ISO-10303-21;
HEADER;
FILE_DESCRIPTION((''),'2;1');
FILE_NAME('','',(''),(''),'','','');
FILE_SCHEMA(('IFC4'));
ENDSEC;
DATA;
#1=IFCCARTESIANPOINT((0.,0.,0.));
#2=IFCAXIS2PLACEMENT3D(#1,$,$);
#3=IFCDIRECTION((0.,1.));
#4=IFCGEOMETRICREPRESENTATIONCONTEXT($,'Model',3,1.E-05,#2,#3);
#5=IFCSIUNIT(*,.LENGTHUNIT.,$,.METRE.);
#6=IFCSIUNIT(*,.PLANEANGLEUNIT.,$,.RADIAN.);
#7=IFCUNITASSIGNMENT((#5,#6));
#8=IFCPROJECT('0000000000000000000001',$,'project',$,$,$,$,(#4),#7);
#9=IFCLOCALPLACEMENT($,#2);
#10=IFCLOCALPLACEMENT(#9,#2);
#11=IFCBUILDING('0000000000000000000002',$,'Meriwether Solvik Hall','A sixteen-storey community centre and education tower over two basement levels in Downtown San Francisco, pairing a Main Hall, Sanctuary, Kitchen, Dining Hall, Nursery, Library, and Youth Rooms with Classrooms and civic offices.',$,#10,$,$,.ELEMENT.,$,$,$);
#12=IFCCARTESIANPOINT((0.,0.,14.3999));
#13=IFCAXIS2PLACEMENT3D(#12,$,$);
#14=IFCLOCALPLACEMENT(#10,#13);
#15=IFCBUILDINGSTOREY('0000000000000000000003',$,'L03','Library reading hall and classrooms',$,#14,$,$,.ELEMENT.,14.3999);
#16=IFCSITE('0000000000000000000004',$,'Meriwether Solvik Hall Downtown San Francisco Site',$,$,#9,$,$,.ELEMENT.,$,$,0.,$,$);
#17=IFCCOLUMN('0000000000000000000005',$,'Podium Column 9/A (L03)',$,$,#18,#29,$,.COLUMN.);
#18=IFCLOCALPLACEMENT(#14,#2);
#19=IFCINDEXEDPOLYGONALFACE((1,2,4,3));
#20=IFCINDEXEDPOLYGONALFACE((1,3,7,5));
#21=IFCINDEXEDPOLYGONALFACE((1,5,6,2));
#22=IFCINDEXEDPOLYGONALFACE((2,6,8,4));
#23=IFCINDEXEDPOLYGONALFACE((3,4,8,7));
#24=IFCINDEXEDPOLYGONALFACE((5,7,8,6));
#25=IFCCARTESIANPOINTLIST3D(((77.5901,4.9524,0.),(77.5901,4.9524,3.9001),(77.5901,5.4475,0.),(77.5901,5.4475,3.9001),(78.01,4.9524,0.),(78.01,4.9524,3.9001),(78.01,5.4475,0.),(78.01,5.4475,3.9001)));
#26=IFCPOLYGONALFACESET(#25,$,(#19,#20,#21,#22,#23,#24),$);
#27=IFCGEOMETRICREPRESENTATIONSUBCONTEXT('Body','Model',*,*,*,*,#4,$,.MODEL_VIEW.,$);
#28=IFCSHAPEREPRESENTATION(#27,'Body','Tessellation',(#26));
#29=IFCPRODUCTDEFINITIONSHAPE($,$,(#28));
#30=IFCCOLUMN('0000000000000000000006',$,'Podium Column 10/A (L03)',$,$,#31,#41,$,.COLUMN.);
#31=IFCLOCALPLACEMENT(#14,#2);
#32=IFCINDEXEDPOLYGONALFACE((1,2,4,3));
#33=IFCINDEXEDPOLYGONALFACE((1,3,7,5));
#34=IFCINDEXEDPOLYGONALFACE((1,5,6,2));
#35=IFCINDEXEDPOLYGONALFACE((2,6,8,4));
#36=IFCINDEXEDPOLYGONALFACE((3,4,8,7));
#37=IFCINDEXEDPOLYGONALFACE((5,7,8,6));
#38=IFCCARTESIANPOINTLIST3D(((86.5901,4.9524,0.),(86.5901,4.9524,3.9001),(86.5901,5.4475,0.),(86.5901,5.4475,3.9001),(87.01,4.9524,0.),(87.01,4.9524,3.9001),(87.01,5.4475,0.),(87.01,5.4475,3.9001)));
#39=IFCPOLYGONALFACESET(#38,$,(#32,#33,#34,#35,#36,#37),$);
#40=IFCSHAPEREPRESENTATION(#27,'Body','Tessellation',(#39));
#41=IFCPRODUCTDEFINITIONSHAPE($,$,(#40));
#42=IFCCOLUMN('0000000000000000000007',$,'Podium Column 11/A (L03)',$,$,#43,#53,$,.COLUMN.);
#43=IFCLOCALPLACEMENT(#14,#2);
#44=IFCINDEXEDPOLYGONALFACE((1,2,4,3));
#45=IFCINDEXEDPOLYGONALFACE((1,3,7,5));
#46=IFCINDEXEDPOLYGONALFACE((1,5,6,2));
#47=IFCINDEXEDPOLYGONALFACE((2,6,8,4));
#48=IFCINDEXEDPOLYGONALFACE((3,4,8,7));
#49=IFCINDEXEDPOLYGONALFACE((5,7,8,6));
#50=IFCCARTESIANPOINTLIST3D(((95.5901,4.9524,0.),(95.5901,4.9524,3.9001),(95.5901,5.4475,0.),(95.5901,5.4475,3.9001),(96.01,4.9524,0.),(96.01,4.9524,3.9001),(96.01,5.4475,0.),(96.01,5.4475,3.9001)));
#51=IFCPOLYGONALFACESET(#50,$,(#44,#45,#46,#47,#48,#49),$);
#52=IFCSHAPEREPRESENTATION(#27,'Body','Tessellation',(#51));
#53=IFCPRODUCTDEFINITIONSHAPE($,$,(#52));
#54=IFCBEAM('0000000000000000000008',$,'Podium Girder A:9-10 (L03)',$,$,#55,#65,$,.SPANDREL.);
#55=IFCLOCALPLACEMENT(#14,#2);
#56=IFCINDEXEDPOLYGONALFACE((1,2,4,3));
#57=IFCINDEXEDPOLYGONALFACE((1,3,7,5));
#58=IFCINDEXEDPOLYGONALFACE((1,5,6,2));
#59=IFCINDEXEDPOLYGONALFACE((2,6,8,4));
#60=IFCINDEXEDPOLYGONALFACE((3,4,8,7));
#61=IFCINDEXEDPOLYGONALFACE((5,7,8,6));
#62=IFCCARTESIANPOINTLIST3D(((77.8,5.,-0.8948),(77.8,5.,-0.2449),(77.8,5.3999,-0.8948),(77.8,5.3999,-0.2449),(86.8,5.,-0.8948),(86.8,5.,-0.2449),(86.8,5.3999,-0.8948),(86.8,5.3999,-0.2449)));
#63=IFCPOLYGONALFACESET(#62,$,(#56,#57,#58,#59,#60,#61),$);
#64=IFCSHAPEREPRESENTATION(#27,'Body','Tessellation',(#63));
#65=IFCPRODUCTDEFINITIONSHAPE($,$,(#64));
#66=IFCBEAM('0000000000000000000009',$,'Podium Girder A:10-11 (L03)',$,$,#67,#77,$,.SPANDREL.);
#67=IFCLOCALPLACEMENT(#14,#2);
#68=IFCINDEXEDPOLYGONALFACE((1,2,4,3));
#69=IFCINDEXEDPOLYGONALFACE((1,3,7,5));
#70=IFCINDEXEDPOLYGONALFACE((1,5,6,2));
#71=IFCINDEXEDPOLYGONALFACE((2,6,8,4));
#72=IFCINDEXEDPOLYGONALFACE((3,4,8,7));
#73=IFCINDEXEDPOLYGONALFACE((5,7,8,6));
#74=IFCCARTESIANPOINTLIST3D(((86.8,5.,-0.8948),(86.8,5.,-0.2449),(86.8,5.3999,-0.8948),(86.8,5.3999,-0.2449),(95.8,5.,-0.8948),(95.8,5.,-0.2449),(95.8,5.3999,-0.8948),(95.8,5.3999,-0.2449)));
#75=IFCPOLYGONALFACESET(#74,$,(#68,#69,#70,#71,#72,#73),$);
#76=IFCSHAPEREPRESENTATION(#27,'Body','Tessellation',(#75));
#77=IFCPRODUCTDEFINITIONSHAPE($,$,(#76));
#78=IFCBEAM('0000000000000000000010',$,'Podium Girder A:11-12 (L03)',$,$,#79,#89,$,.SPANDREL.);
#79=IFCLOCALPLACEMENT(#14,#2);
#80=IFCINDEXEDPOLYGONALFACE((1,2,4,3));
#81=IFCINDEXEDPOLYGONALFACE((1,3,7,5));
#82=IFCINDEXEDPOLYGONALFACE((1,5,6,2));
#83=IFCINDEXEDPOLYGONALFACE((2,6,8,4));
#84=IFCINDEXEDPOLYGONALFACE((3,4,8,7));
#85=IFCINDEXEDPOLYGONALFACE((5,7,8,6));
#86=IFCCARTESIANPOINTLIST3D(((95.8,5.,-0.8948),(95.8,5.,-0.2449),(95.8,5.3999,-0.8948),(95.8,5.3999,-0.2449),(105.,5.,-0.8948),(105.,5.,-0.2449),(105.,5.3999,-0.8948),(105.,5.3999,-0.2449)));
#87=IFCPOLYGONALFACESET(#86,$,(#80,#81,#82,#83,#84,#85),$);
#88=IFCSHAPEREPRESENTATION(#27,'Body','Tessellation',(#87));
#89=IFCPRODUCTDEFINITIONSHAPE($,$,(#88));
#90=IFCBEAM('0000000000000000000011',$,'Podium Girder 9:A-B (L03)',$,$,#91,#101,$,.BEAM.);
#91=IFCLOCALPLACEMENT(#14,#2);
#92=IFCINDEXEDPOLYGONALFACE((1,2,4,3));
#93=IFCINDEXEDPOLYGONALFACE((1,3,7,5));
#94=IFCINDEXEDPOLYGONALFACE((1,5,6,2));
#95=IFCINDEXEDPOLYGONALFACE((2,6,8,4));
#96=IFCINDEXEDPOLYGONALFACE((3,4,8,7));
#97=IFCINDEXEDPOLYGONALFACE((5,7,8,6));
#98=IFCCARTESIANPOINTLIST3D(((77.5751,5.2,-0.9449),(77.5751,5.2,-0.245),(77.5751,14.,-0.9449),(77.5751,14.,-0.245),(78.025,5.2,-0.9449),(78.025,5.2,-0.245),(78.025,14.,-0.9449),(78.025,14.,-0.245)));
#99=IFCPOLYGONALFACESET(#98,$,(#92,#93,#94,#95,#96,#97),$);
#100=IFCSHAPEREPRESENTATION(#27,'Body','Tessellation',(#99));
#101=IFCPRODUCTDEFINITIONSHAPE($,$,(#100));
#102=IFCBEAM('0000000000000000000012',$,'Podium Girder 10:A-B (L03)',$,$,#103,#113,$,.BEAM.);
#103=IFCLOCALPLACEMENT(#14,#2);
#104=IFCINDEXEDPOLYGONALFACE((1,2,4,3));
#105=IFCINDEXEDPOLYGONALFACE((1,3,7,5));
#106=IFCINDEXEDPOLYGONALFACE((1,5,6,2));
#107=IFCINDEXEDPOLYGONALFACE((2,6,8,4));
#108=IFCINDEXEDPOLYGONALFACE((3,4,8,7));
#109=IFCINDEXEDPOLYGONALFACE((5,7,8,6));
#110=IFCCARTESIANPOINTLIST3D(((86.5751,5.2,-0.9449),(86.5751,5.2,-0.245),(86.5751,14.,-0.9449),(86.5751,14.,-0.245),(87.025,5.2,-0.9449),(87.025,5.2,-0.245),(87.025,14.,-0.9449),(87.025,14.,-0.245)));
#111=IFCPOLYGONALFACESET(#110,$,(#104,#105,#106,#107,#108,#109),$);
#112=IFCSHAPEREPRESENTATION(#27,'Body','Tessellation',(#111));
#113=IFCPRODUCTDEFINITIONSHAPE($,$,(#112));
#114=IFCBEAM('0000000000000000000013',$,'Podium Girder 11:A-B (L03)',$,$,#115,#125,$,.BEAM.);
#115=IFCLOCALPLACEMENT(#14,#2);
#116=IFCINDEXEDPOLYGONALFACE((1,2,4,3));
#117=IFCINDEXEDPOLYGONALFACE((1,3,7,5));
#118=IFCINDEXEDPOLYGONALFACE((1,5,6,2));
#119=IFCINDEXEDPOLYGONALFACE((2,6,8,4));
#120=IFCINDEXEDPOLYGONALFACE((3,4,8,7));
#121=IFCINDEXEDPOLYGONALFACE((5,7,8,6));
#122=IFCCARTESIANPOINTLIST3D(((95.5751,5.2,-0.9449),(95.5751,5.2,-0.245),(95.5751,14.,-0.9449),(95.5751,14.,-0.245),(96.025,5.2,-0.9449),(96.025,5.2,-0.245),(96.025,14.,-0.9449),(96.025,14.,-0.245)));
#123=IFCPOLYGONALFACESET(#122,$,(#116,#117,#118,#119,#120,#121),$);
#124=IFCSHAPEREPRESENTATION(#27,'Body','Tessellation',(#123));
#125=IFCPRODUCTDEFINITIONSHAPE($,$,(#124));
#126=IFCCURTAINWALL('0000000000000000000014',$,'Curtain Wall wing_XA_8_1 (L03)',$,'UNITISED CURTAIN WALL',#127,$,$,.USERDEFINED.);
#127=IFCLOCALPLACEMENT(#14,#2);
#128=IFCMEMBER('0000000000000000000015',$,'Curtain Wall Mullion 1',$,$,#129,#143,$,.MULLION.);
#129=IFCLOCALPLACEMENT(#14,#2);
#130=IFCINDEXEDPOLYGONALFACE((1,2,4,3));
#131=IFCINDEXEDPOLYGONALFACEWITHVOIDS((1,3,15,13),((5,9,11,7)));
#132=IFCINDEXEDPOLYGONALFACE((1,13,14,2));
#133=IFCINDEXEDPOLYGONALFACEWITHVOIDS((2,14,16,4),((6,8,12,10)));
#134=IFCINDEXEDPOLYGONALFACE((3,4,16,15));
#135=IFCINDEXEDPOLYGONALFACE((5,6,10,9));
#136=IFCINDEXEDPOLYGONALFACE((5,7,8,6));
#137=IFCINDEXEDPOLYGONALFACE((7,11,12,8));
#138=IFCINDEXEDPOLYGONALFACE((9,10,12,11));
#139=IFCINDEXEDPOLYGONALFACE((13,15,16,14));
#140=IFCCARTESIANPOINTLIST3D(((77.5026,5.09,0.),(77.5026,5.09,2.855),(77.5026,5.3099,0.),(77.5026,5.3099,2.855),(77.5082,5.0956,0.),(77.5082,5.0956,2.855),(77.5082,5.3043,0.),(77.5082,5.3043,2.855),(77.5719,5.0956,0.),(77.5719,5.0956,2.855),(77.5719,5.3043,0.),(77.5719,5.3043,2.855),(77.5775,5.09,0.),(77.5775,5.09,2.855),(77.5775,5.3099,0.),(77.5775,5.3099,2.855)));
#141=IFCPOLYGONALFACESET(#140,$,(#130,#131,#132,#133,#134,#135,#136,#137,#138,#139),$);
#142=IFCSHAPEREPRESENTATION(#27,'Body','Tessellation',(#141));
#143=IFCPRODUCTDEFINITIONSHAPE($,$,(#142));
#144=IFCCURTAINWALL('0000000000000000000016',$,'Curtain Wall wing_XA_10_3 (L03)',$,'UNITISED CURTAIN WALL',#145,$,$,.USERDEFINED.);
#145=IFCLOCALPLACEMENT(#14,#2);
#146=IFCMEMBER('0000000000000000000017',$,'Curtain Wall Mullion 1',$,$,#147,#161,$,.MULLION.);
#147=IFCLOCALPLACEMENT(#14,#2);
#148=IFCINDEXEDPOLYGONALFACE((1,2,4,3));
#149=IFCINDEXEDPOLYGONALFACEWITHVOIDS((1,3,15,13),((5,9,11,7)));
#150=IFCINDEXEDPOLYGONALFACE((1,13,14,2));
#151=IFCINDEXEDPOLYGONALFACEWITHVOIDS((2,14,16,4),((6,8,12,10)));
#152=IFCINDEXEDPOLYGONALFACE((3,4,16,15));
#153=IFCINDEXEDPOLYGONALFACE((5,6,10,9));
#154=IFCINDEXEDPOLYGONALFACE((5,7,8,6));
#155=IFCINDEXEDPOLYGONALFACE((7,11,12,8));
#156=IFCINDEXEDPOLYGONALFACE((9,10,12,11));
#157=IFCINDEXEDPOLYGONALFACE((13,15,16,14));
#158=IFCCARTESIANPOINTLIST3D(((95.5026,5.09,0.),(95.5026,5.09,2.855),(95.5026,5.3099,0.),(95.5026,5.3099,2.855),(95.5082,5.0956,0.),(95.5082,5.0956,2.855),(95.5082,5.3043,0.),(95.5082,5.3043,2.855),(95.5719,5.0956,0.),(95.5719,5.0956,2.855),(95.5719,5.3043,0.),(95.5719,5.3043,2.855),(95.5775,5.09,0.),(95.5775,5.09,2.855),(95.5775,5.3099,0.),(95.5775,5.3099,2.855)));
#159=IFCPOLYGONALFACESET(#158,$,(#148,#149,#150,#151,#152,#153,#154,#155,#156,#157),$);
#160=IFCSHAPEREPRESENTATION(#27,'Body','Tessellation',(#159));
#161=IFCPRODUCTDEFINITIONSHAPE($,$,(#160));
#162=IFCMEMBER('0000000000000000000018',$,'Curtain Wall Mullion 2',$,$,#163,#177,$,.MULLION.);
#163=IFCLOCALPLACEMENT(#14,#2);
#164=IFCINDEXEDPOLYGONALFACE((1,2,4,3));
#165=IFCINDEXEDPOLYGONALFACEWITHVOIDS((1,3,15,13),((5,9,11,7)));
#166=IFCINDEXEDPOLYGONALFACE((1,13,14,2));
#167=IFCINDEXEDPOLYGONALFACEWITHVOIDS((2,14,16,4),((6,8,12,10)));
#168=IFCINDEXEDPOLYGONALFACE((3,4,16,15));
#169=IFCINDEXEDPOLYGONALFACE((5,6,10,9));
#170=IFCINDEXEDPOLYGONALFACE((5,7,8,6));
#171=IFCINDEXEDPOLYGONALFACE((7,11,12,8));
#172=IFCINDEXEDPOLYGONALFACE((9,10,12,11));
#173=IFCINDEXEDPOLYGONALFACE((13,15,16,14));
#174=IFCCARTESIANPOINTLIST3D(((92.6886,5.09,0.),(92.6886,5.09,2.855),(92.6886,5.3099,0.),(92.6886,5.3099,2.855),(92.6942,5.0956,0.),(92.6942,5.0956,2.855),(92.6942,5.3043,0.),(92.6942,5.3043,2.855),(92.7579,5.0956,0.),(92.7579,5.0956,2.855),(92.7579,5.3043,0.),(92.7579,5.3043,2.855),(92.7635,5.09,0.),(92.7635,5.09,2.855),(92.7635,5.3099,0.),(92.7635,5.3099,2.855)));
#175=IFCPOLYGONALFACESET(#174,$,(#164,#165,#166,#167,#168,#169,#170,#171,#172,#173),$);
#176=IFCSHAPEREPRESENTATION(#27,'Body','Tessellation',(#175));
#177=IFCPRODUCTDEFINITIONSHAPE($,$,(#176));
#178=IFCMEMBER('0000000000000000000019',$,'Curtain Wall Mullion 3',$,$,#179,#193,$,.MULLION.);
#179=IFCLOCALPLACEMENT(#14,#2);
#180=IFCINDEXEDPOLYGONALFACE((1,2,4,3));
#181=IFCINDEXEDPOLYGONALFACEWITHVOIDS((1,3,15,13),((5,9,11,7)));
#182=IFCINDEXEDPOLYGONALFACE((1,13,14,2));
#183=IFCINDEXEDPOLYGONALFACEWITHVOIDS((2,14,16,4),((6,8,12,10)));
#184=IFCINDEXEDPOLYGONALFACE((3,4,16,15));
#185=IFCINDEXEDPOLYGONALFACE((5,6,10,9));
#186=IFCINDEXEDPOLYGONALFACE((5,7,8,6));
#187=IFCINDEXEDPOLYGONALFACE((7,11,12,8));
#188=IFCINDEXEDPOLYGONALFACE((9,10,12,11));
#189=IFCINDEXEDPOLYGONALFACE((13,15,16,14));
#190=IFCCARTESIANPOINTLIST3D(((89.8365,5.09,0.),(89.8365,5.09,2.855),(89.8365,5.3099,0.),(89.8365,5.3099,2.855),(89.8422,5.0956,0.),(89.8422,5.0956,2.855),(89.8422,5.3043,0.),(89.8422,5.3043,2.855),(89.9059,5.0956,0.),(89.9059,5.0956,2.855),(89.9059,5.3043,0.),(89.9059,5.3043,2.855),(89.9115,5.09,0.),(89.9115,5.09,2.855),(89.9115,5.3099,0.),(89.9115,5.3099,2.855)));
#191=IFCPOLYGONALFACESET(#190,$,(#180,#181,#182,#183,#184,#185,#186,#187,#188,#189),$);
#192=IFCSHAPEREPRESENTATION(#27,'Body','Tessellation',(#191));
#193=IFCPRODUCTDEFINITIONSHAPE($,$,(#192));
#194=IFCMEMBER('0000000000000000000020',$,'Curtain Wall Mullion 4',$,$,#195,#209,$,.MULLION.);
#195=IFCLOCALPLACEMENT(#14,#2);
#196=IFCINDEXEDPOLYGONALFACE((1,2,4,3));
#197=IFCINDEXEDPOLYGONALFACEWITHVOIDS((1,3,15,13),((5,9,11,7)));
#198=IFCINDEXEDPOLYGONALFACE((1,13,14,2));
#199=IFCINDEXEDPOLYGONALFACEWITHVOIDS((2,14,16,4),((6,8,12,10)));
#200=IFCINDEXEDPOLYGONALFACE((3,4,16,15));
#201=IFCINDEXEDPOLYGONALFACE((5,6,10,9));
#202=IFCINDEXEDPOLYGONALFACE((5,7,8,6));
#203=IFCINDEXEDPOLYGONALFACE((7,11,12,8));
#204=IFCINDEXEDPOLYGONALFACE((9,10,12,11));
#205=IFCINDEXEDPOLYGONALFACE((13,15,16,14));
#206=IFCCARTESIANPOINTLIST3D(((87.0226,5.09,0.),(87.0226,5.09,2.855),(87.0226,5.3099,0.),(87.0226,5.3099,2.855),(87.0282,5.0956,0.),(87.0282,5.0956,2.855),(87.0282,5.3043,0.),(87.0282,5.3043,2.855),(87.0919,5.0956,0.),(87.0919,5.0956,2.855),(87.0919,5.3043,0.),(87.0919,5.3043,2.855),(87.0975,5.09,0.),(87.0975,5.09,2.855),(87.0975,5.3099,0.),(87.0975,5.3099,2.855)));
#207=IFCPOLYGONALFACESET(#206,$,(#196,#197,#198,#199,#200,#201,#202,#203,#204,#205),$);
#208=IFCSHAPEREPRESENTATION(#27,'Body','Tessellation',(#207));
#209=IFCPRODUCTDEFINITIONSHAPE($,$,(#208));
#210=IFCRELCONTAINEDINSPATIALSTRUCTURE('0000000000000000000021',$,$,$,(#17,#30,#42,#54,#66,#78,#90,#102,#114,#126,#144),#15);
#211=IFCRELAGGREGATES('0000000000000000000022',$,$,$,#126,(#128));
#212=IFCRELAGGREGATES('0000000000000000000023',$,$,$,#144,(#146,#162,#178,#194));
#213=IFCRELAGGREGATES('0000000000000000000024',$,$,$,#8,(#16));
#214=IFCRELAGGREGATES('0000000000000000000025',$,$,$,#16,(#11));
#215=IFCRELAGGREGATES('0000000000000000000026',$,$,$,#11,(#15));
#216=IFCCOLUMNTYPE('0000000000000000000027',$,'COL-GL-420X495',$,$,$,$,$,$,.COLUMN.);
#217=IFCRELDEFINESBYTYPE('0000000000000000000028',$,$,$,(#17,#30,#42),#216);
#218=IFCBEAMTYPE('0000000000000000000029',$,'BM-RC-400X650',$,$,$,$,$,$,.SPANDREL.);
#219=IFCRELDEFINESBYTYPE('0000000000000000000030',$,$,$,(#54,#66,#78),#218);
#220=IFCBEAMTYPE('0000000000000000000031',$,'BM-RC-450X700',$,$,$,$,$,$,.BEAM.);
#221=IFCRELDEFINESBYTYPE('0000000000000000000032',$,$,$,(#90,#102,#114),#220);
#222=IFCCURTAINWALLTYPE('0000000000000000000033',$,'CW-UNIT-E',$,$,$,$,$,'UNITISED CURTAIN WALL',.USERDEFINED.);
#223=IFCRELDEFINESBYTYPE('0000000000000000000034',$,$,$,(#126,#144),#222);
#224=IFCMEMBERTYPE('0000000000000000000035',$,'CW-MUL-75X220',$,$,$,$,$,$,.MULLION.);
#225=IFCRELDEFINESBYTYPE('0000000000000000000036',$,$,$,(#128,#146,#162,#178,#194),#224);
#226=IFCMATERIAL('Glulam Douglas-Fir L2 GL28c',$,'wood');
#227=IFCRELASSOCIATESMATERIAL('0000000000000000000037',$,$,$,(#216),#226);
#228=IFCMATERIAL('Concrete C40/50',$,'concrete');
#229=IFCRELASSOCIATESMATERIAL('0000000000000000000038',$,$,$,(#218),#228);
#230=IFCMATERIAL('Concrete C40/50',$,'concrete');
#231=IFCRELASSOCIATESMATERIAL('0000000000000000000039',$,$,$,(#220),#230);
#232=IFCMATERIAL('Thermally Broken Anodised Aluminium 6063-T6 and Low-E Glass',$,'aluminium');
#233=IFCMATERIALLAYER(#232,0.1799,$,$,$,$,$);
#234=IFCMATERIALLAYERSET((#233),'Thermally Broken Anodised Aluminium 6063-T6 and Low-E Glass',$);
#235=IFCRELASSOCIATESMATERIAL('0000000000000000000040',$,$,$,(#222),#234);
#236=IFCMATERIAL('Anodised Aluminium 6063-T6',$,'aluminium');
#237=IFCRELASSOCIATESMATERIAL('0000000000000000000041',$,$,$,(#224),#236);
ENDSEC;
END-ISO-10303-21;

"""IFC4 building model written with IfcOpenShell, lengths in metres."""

from ifc_helpers import new_model, si_unit, direction, frame, origin, origin_2d, place, context, subcontext, project, spatial, rectangle, hollow_rectangle, extrude, material, layer, layer_set, material_profile, profile_set, type_object, element, aggregate, save


model = new_model("IFC4")

# Units and contexts
model_context = context("Model", 3, precision=1e-05, world=origin(), true_north=direction((0.0, 1.0)))
body_context = subcontext(model_context, "Body", "Model", "MODEL_VIEW")
ifc_project = project(units=[si_unit("LENGTHUNIT", "METRE"), si_unit("PLANEANGLEUNIT", "RADIAN")], contexts=[model_context])

# Site, building, storey
site_placement = place(None, origin())
site = spatial("IfcSite", under=ifc_project, at=site_placement, Name="Meriwether Solvik Hall Downtown San Francisco Site", CompositionType="ELEMENT", RefElevation=0.0)
building_placement = place(site_placement, origin())
building = spatial("IfcBuilding", under=site, at=building_placement, Name="Meriwether Solvik Hall", Description="A sixteen-storey community centre and education tower over two basement levels in Downtown San Francisco, pairing a Main Hall, Sanctuary, Kitchen, Dining Hall, Nursery, Library, and Youth Rooms with Classrooms and civic offices.", CompositionType="ELEMENT")
storey_placement = place(building_placement, frame((0.0, 0.0, 14.3999)))
storey = spatial("IfcBuildingStorey", under=building, at=storey_placement, Name="L03", Description="Library reading hall and classrooms", CompositionType="ELEMENT", Elevation=14.3999)

# Columns
ifc_material_1 = material(Name="Glulam Douglas-Fir L2 GL28c", Category="wood")
ifc_material_profile_1 = material_profile(ifc_material_1, rectangle(XDim=0.4199, YDim=0.4951, at=origin_2d()), Name="GLC-420X495")
ifc_profile_set_1 = profile_set([ifc_material_profile_1], Name="Glulam Douglas-Fir L2 GL28c")
column_type = type_object("IfcColumnType", Name="COL-GL-420X495", PredefinedType="COLUMN", material=ifc_profile_set_1)
for number, where, z_axis, x_axis, name in (
    (1, (77.8, 5.2, 0.0), (0.0, 0.0, 1.0), (1.0, 0.0, 0.0), "Podium Column 9/A (L03)"),
    (2, (86.8, 5.2, 0.0), (0.0, 0.0, 1.0), (1.0, 0.0, 0.0), "Podium Column 10/A (L03)"),
    (3, (95.8, 5.2, 0.0), (0.0, 0.0, 1.0), (1.0, 0.0, 0.0), "Podium Column 11/A (L03)"),
):
    element("IfcColumn", number, at=place(storey_placement, frame(where, z_axis=z_axis, x_axis=x_axis)), inside=storey, type_object=column_type, Name=name, PredefinedType="COLUMN", context=body_context, shape_type="SweptSolid", body=[
        extrude(rectangle(XDim=0.4199, YDim=0.4951, at=origin_2d()), origin(), (0.0, 0.0, 1.0), 3.9001),
    ])

# Beams
ifc_material_2 = material(Name="Concrete C40/50", Category="concrete")
ifc_material_profile_2 = material_profile(ifc_material_2, rectangle(XDim=0.3999, YDim=0.6499, at=origin_2d()), Name="RCB-400X650")
ifc_profile_set_2 = profile_set([ifc_material_profile_2], Name="Concrete C40/50")
beam_type_1 = type_object("IfcBeamType", Name="BM-RC-400X650", PredefinedType="SPANDREL", material=ifc_profile_set_2)
for number, where, z_axis, x_axis, name in (
    (4, (77.8, 5.2, -0.5698), (1.0, 0.0, 0.0), (0.0, 1.0, 0.0), "Podium Girder A:9-10 (L03)"),
    (5, (86.8, 5.2, -0.5698), (1.0, 0.0, 0.0), (0.0, 1.0, 0.0), "Podium Girder A:10-11 (L03)"),
):
    element("IfcBeam", number, at=place(storey_placement, frame(where, z_axis=z_axis, x_axis=x_axis)), inside=storey, type_object=beam_type_1, Name=name, PredefinedType="SPANDREL", context=body_context, shape_type="SweptSolid", body=[
        extrude(rectangle(XDim=0.3999, YDim=0.6499, at=origin_2d()), origin(), (0.0, 0.0, 1.0), 9.0),
    ])
beam_placement = place(storey_placement, frame((95.8, 5.2, -0.5698), z_axis=(1.0, 0.0, 0.0), x_axis=(0.0, 1.0, 0.0)))
element("IfcBeam", 6, at=beam_placement, inside=storey, type_object=beam_type_1, Name="Podium Girder A:11-12 (L03)", PredefinedType="SPANDREL", context=body_context, shape_type="SweptSolid", body=[
    extrude(rectangle(XDim=0.3999, YDim=0.6499, at=origin_2d()), origin(), (0.0, 0.0, 1.0), 9.2),
])
ifc_material_3 = material(Name="Concrete C40/50", Category="concrete")
ifc_material_profile_3 = material_profile(ifc_material_3, rectangle(XDim=0.45, YDim=0.7, at=origin_2d()), Name="RCB-450X700")
ifc_profile_set_3 = profile_set([ifc_material_profile_3], Name="Concrete C40/50")
beam_type_2 = type_object("IfcBeamType", Name="BM-RC-450X700", PredefinedType="BEAM", material=ifc_profile_set_3)
for number, where, z_axis, x_axis, name in (
    (7, (77.8, 5.2, -0.595), (0.0, 1.0, 0.0), (-1.0, 0.0, 0.0), "Podium Girder 9:A-B (L03)"),
    (8, (86.8, 5.2, -0.595), (0.0, 1.0, 0.0), (-1.0, 0.0, 0.0), "Podium Girder 10:A-B (L03)"),
    (9, (95.8, 5.2, -0.595), (0.0, 1.0, 0.0), (-1.0, 0.0, 0.0), "Podium Girder 11:A-B (L03)"),
):
    element("IfcBeam", number, at=place(storey_placement, frame(where, z_axis=z_axis, x_axis=x_axis)), inside=storey, type_object=beam_type_2, Name=name, PredefinedType="BEAM", context=body_context, shape_type="SweptSolid", body=[
        extrude(rectangle(XDim=0.45, YDim=0.7, at=origin_2d()), origin(), (0.0, 0.0, 1.0), 8.8),
    ])

# Curtain wall, member
ifc_material_4 = material(Name="Thermally Broken Anodised Aluminium 6063-T6 and Low-E Glass", Category="aluminium")
ifc_layer_1 = layer(ifc_material_4, 0.1799)
ifc_layer_set_1 = layer_set([ifc_layer_1], Name="Thermally Broken Anodised Aluminium 6063-T6 and Low-E Glass")
curtain_wall_type = type_object("IfcCurtainWallType", Name="CW-UNIT-E", ElementType="UNITISED CURTAIN WALL", PredefinedType="USERDEFINED", material=ifc_layer_set_1)
curtain_wall_1_placement = place(storey_placement, origin())
curtain_wall_1 = element("IfcCurtainWall", 10, at=curtain_wall_1_placement, inside=storey, type_object=curtain_wall_type, Name="Curtain Wall wing_XA_8_1 (L03)", ObjectType="UNITISED CURTAIN WALL", PredefinedType="USERDEFINED")
ifc_material_5 = material(Name="Anodised Aluminium 6063-T6", Category="aluminium")
ifc_material_profile_4 = material_profile(ifc_material_5, hollow_rectangle(XDim=0.075, YDim=0.22, WallThickness=0.0056, at=origin_2d()), Name="CWM-75X220")
ifc_profile_set_4 = profile_set([ifc_material_profile_4], Name="Anodised Aluminium 6063-T6")
member_type_1 = type_object("IfcMemberType", Name="CW-MUL-75X220", PredefinedType="MULLION", material=ifc_profile_set_4)
member_1_placement = place(storey_placement, frame((77.54, 5.2, 0.0), z_axis=(0.0, 0.0, 1.0), x_axis=(-1.0, 0.0, 0.0)))
member_1 = element("IfcMember", 11, at=member_1_placement, type_object=member_type_1, Name="Curtain Wall Mullion 1", PredefinedType="MULLION", context=body_context, shape_type="SweptSolid", body=[
    extrude(hollow_rectangle(XDim=0.075, YDim=0.22, WallThickness=0.0056, at=origin_2d()), origin(), (0.0, 0.0, 1.0), 2.855),
])

# Curtain wall, members
curtain_wall_2_placement = place(storey_placement, origin())
curtain_wall_2 = element("IfcCurtainWall", 12, at=curtain_wall_2_placement, inside=storey, type_object=curtain_wall_type, Name="Curtain Wall wing_XA_10_3 (L03)", ObjectType="UNITISED CURTAIN WALL", PredefinedType="USERDEFINED")
member_2_placement = place(storey_placement, frame((95.54, 5.2, 0.0), z_axis=(0.0, 0.0, 1.0), x_axis=(-1.0, 0.0, 0.0)))
member_2 = element("IfcMember", 13, at=member_2_placement, type_object=member_type_1, Name="Curtain Wall Mullion 1", PredefinedType="MULLION", context=body_context, shape_type="SweptSolid", body=[
    extrude(hollow_rectangle(XDim=0.075, YDim=0.22, WallThickness=0.0056, at=origin_2d()), origin(), (0.0, 0.0, 1.0), 2.855),
])
member_3_placement = place(storey_placement, frame((92.7261, 5.2, 0.0), z_axis=(0.0, 0.0, 1.0), x_axis=(-1.0, 0.0, 0.0)))
member_3 = element("IfcMember", 14, at=member_3_placement, type_object=member_type_1, Name="Curtain Wall Mullion 2", PredefinedType="MULLION", context=body_context, shape_type="SweptSolid", body=[
    extrude(hollow_rectangle(XDim=0.075, YDim=0.22, WallThickness=0.0056, at=origin_2d()), origin(), (0.0, 0.0, 1.0), 2.855),
])
member_4_placement = place(storey_placement, frame((89.874, 5.2, 0.0), z_axis=(0.0, 0.0, 1.0), x_axis=(-1.0, 0.0, 0.0)))
member_4 = element("IfcMember", 15, at=member_4_placement, type_object=member_type_1, Name="Curtain Wall Mullion 3", PredefinedType="MULLION", context=body_context, shape_type="SweptSolid", body=[
    extrude(hollow_rectangle(XDim=0.075, YDim=0.22, WallThickness=0.0056, at=origin_2d()), origin(), (0.0, 0.0, 1.0), 2.855),
])
member_5_placement = place(storey_placement, frame((87.0601, 5.2, 0.0), z_axis=(0.0, 0.0, 1.0), x_axis=(-1.0, 0.0, 0.0)))
member_5 = element("IfcMember", 16, at=member_5_placement, type_object=member_type_1, Name="Curtain Wall Mullion 4", PredefinedType="MULLION", context=body_context, shape_type="SweptSolid", body=[
    extrude(hollow_rectangle(XDim=0.075, YDim=0.22, WallThickness=0.0056, at=origin_2d()), origin(), (0.0, 0.0, 1.0), 2.855),
])

aggregate(curtain_wall_1, [member_1])
aggregate(curtain_wall_2, [member_2, member_3, member_4, member_5])

save(model, "model.ifc")
